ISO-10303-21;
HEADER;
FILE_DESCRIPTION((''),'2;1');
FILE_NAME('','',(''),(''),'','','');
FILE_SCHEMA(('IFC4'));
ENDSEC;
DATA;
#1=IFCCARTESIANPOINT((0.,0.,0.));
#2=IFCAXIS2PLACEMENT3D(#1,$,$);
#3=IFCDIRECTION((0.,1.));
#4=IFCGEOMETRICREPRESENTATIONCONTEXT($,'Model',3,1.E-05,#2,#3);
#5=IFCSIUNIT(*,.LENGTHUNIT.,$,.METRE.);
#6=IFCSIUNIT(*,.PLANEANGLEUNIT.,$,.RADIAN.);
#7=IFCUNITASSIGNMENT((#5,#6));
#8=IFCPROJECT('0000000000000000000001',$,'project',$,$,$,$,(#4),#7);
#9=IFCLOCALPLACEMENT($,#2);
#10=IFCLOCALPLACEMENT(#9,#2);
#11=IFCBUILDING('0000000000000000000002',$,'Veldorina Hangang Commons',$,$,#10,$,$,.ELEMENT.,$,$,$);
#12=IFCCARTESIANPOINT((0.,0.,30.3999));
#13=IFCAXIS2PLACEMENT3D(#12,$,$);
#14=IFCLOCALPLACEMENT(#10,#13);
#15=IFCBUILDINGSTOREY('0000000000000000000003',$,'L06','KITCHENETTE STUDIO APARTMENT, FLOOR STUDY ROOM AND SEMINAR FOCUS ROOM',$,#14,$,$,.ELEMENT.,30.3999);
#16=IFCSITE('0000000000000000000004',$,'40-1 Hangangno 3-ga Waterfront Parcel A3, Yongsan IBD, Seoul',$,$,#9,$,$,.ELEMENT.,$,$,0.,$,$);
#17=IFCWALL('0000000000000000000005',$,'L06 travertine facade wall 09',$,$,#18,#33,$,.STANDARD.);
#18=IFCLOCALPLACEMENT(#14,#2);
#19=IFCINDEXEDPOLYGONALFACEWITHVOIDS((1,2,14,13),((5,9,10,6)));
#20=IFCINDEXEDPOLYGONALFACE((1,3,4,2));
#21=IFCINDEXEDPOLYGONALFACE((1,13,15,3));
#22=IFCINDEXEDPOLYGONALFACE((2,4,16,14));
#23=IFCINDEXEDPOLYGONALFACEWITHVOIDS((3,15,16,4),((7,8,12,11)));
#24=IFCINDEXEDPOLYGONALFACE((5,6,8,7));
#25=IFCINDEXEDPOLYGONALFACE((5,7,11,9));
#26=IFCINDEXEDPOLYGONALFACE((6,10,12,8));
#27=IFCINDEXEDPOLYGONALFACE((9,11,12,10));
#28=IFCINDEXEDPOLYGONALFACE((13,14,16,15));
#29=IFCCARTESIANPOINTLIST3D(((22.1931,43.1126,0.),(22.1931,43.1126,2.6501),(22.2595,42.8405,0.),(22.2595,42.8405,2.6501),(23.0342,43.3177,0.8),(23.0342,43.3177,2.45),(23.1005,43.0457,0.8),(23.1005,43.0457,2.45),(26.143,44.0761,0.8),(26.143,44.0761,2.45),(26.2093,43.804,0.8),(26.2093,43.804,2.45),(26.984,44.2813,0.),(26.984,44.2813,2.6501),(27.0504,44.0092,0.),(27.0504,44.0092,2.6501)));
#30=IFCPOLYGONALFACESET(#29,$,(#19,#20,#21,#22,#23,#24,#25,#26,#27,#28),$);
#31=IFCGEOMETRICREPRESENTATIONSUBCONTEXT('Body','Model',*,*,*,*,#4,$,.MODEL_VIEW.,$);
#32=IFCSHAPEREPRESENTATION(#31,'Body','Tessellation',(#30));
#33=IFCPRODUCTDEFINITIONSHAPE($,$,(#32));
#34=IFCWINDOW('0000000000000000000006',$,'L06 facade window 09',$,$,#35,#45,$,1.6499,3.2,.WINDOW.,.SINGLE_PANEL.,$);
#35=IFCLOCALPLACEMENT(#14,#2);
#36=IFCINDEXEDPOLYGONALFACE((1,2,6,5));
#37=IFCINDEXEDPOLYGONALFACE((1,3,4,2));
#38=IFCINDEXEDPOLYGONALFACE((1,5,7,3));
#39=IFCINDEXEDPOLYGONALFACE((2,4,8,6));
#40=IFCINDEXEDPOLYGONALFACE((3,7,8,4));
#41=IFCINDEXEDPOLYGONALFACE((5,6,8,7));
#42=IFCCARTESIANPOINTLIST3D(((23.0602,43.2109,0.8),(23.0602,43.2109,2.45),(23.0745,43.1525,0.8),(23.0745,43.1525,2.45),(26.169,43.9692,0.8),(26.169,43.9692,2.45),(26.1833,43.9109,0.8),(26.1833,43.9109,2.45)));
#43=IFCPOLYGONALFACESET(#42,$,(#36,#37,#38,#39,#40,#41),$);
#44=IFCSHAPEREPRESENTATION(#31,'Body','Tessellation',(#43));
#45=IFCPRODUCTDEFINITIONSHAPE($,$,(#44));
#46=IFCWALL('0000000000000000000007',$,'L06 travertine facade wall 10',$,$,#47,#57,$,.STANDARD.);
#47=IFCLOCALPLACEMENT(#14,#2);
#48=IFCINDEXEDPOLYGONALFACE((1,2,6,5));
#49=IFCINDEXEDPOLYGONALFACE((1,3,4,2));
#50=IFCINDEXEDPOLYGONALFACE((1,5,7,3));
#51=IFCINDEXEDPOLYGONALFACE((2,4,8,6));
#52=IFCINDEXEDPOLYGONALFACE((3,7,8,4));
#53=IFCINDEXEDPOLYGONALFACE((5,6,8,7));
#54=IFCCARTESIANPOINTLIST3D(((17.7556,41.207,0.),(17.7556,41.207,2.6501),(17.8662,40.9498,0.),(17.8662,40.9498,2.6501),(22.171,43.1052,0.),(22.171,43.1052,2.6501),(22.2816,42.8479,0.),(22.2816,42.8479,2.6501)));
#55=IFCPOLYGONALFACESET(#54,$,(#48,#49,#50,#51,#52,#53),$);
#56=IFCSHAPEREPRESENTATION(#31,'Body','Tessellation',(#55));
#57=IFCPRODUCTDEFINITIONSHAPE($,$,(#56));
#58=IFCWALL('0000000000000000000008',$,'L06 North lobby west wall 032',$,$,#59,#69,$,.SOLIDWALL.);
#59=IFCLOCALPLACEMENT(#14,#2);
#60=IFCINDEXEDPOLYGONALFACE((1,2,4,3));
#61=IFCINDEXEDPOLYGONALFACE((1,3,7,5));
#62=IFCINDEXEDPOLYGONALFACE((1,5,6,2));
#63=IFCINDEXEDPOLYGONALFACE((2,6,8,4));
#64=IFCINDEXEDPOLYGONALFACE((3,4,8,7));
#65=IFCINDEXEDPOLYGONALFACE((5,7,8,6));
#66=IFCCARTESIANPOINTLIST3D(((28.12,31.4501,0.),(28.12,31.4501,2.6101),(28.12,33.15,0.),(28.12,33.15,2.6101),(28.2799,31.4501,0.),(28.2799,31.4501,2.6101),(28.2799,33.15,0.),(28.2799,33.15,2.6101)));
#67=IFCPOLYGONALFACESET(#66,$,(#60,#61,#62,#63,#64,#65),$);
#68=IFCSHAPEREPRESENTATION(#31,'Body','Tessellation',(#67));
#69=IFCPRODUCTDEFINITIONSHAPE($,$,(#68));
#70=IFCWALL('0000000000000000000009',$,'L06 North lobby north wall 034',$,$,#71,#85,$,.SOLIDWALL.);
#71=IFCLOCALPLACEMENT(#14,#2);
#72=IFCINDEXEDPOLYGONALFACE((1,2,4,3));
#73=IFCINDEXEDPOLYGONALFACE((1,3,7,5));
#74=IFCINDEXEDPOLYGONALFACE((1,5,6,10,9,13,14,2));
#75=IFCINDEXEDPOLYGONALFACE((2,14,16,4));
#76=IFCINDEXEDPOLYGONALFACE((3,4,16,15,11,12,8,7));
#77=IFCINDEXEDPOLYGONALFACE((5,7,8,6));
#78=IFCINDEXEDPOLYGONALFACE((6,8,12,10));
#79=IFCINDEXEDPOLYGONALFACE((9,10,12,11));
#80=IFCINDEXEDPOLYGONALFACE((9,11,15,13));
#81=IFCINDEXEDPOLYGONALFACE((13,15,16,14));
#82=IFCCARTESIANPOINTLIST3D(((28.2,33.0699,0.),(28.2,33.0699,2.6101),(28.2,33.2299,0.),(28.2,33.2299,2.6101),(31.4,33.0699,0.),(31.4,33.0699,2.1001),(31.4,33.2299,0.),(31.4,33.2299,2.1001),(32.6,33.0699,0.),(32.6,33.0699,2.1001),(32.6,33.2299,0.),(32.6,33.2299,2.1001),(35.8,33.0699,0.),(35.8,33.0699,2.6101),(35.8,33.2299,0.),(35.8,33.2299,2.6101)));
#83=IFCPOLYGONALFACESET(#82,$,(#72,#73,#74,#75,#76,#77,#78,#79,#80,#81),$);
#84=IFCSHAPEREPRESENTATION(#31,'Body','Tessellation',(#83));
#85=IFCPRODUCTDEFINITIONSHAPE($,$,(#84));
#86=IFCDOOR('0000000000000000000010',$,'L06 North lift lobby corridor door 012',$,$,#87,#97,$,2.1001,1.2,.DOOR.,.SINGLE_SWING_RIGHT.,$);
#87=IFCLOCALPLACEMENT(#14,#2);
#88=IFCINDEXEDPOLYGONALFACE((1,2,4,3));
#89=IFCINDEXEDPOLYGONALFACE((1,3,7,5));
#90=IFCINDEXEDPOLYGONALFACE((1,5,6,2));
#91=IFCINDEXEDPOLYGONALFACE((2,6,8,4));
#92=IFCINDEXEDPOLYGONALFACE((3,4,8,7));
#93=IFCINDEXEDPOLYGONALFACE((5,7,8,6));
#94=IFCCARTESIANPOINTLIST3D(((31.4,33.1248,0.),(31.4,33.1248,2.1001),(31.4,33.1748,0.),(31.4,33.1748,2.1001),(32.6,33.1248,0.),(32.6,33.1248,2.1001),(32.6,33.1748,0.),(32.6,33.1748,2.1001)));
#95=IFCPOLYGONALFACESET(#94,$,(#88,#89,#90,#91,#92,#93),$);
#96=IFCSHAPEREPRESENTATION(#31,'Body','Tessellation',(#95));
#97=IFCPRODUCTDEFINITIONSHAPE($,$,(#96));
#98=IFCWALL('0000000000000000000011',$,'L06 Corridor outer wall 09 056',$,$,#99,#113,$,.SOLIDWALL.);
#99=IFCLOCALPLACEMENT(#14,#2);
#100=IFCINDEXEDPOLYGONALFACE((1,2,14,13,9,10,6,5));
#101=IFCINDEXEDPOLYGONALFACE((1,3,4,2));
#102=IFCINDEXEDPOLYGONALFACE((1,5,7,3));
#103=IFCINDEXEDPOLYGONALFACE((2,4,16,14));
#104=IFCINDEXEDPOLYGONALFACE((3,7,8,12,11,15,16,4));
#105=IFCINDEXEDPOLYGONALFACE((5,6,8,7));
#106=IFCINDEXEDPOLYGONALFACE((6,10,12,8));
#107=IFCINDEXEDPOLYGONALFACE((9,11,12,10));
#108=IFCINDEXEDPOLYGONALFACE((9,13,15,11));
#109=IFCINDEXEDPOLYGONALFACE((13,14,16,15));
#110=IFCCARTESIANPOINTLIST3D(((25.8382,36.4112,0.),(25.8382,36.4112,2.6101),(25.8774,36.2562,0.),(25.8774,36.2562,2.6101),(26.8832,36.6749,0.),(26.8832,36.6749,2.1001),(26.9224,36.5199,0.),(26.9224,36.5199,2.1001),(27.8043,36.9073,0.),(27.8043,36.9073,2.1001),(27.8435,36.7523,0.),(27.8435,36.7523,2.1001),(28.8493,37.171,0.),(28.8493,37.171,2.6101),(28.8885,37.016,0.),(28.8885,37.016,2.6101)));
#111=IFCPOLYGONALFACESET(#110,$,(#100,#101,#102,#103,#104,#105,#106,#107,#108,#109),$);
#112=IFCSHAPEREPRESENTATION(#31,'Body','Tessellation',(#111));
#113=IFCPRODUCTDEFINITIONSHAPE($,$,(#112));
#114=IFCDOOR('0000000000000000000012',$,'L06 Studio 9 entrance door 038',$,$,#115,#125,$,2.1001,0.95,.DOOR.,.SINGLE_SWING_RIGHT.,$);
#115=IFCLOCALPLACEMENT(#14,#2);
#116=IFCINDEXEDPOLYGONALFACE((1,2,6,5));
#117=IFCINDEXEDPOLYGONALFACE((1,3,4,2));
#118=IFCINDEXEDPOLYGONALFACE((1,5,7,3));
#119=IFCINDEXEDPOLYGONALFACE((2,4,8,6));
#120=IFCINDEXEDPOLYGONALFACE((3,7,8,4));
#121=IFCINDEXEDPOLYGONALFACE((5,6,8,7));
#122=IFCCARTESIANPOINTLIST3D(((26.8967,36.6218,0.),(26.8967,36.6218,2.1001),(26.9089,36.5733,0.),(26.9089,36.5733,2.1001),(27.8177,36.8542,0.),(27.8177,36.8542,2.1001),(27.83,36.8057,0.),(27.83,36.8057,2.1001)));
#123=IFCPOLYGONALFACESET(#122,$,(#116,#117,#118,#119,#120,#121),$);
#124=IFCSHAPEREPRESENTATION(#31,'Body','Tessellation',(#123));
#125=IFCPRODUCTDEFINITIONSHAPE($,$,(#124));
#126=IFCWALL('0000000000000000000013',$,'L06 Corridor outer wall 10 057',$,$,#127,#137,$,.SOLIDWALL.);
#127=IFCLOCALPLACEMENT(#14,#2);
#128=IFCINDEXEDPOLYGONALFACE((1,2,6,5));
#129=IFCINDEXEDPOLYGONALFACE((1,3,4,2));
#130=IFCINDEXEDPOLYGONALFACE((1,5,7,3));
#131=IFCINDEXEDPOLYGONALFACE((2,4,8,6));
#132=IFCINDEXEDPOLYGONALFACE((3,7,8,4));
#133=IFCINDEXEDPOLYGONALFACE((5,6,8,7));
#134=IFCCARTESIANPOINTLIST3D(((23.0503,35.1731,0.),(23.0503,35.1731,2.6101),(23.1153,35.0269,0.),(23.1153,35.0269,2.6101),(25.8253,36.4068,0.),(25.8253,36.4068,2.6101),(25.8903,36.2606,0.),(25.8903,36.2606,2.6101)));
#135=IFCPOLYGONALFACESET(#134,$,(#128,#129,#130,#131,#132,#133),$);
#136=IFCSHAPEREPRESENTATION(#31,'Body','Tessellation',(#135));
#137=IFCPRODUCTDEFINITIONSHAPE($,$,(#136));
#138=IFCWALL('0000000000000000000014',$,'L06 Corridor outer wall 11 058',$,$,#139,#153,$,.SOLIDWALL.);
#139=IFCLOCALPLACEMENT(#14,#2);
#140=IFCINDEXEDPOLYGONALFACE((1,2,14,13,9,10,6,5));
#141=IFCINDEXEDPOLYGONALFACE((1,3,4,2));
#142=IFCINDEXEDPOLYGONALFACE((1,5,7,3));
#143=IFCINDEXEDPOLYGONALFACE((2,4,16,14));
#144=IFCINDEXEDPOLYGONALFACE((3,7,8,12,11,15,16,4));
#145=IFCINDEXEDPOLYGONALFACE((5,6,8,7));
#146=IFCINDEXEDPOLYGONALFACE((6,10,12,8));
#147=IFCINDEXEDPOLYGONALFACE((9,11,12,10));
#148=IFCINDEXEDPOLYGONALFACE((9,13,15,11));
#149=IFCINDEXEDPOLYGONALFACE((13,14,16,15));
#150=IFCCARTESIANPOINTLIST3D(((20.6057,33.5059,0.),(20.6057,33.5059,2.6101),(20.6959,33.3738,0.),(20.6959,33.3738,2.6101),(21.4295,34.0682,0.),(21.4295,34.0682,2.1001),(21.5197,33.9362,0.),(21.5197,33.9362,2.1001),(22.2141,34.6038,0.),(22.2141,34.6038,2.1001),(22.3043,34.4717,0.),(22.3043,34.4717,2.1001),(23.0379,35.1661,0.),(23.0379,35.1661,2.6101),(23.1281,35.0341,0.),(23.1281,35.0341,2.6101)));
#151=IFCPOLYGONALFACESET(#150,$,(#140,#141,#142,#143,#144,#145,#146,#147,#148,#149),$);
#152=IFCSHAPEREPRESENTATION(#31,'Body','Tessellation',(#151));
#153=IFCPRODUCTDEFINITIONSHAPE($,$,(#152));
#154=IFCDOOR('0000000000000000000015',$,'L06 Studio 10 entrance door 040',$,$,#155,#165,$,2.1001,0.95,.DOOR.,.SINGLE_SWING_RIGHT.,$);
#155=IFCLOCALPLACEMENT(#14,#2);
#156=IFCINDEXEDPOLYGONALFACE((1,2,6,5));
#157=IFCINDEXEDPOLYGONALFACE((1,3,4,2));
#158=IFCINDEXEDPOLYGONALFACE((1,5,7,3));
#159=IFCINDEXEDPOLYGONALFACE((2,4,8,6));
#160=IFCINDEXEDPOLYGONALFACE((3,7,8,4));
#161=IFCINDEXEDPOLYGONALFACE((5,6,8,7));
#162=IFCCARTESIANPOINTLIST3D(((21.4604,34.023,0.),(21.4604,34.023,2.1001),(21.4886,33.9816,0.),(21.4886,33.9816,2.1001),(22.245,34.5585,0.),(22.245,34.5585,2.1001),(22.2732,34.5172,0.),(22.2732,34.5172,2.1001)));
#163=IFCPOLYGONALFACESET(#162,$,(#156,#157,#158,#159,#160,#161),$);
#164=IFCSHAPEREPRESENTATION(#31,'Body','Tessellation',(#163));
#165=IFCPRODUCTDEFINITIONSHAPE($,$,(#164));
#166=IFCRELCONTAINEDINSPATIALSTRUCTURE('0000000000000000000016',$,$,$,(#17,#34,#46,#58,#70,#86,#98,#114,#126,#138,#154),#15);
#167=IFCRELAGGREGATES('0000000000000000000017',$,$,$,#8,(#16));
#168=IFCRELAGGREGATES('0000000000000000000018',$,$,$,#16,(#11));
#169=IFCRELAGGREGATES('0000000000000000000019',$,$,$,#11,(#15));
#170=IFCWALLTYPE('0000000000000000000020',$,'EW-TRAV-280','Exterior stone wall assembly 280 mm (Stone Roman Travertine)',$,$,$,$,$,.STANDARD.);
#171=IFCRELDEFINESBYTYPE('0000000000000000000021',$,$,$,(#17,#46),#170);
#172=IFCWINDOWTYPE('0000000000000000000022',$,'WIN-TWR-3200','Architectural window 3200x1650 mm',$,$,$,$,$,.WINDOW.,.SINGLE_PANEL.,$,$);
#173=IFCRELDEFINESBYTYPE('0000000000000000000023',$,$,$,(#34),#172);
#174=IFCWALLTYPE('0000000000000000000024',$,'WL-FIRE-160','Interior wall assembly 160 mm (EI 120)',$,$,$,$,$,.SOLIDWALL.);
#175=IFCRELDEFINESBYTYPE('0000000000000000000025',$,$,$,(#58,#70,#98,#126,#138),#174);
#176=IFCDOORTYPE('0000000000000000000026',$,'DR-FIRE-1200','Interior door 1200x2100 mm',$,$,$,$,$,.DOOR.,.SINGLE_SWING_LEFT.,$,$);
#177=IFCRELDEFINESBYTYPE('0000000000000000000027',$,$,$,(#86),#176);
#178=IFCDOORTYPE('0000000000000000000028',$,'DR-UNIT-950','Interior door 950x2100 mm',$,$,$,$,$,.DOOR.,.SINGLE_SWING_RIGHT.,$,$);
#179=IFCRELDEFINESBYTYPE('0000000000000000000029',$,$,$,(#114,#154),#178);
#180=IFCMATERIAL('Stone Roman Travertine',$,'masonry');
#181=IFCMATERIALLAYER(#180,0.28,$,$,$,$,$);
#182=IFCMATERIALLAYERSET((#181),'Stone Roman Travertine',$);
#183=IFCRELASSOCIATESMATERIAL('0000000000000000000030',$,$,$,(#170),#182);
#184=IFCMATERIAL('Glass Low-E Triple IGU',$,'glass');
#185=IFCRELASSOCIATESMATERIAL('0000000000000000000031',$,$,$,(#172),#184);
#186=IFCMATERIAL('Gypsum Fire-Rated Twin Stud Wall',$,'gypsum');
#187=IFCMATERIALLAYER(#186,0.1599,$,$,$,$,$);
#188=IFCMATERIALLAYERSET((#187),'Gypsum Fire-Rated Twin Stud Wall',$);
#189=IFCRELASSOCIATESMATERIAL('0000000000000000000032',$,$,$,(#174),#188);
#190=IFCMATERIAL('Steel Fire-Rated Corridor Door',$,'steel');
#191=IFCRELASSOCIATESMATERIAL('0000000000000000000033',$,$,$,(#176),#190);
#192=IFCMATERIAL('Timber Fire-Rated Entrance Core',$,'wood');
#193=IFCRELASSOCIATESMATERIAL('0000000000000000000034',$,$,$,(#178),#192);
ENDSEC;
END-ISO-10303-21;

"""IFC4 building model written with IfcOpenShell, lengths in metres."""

from ifc_helpers import new_model, si_unit, direction, frame, frame_2d, origin, place, context, subcontext, project, spatial, rectangle, extrude, material, layer, layer_set, type_object, element, fill, save


model = new_model("IFC4")

# Units and contexts
model_context = context("Model", 3, precision=1e-05, world=origin(), true_north=direction((0.0, 1.0)))
body_context = subcontext(model_context, "Body", "Model", "MODEL_VIEW")
ifc_project = project(units=[si_unit("LENGTHUNIT", "METRE"), si_unit("PLANEANGLEUNIT", "RADIAN")], contexts=[model_context])

# Site, building, storey
site_placement = place(None, origin())
site = spatial("IfcSite", under=ifc_project, at=site_placement, Name="40-1 Hangangno 3-ga Waterfront Parcel A3, Yongsan IBD, Seoul", CompositionType="ELEMENT", RefElevation=0.0)
building_placement = place(site_placement, origin())
building = spatial("IfcBuilding", under=site, at=building_placement, Name="Veldorina Hangang Commons", CompositionType="ELEMENT")
storey_placement = place(building_placement, frame((0.0, 0.0, 30.3999)))
storey = spatial("IfcBuildingStorey", under=building, at=storey_placement, Name="L06", Description="KITCHENETTE STUDIO APARTMENT, FLOOR STUDY ROOM AND SEMINAR FOCUS ROOM", CompositionType="ELEMENT", Elevation=30.3999)

# Wall, opening, window
ifc_material_1 = material(Name="Stone Roman Travertine", Category="masonry")
ifc_layer_1 = layer(ifc_material_1, 0.28)
ifc_layer_set_1 = layer_set([ifc_layer_1], Name="Stone Roman Travertine")
wall_type_1 = type_object("IfcWallType", Name="EW-TRAV-280", Description="Exterior stone wall assembly 280 mm (Stone Roman Travertine)", PredefinedType="STANDARD", material=ifc_layer_set_1)
wall_1_placement = place(storey_placement, frame((27.0173, 44.1453, 0.0), z_axis=(0.0, 0.0, 1.0), x_axis=(-0.971513, -0.236987, 0.0)))
wall_1 = element("IfcWall", 1, at=wall_1_placement, inside=storey, type_object=wall_type_1, Name="L06 travertine facade wall 09", PredefinedType="STANDARD", context=body_context, shape_type="SweptSolid", body=[
    extrude(rectangle(XDim=4.9314, YDim=0.28, at=frame_2d((2.4658, 0.0))), origin(), (0.0, 0.0, 1.0), 2.6501),
])
opening_1_placement = place(wall_1_placement, frame((0.8657, 0.0, 0.8)))
opening_1 = element("IfcOpeningElement", 2, at=opening_1_placement, cuts=wall_1, PredefinedType="OPENING", context=body_context, shape_type="SweptSolid", body=[
    extrude(rectangle(XDim=3.2, YDim=1.6499, at=frame_2d((1.6001, 0.825))), frame((0.0, 0.1499, 0.0), z_axis=(0.0, -1.0, 0.0), x_axis=(1.0, 0.0, 0.0)), (0.0, 0.0, 1.0), 0.3),
])
ifc_material_2 = material(Name="Glass Low-E Triple IGU", Category="glass")
window_type = type_object("IfcWindowType", Name="WIN-TWR-3200", Description="Architectural window 3200x1650 mm", PartitioningType="SINGLE_PANEL", PredefinedType="WINDOW", material=ifc_material_2)
window_placement = place(opening_1_placement, origin())
window = element("IfcWindow", 3, at=window_placement, inside=storey, type_object=window_type, Name="L06 facade window 09", OverallHeight=1.6499, OverallWidth=3.2, PartitioningType="SINGLE_PANEL", PredefinedType="WINDOW", context=body_context, shape_type="SweptSolid", body=[
    extrude(rectangle(XDim=3.2, YDim=1.6499, at=frame_2d((1.6001, 0.825))), frame((0.0, 0.03, 0.0), z_axis=(0.0, -1.0, 0.0), x_axis=(1.0, 0.0, 0.0)), (0.0, 0.0, 1.0), 0.0601),
])
fill(opening_1, window)

# Walls
wall_2_placement = place(storey_placement, frame((22.2263, 42.9766, 0.0), z_axis=(0.0, 0.0, 1.0), x_axis=(-0.918706, -0.394943, 0.0)))
element("IfcWall", 4, at=wall_2_placement, inside=storey, type_object=wall_type_1, Name="L06 travertine facade wall 10", PredefinedType="STANDARD", context=body_context, shape_type="SweptSolid", body=[
    extrude(rectangle(XDim=4.8062, YDim=0.28, at=frame_2d((2.4031, 0.0))), origin(), (0.0, 0.0, 1.0), 2.6501),
])
ifc_material_3 = material(Name="Gypsum Fire-Rated Twin Stud Wall", Category="gypsum")
ifc_layer_2 = layer(ifc_material_3, 0.1599)
ifc_layer_set_2 = layer_set([ifc_layer_2], Name="Gypsum Fire-Rated Twin Stud Wall")
wall_type_2 = type_object("IfcWallType", Name="WL-FIRE-160", Description="Interior wall assembly 160 mm (EI 120)", PredefinedType="SOLIDWALL", material=ifc_layer_set_2)
wall_3_placement = place(storey_placement, frame((28.2, 31.45, 0.0), z_axis=(0.0, 0.0, 1.0), x_axis=(0.0, 1.0, 0.0)))
element("IfcWall", 5, at=wall_3_placement, inside=storey, type_object=wall_type_2, Name="L06 North lobby west wall 032", PredefinedType="SOLIDWALL", context=body_context, shape_type="SweptSolid", body=[
    extrude(rectangle(XDim=1.7, YDim=0.1599, at=frame_2d((0.8501, 0.0))), origin(), (0.0, 0.0, 1.0), 2.6101),
])

# Walls, openings, doors
wall_4_placement = place(storey_placement, frame((28.2, 33.1499, 0.0), z_axis=(0.0, 0.0, 1.0), x_axis=(1.0, 0.0, 0.0)))
wall_4 = element("IfcWall", 6, at=wall_4_placement, inside=storey, type_object=wall_type_2, Name="L06 North lobby north wall 034", PredefinedType="SOLIDWALL", context=body_context, shape_type="SweptSolid", body=[
    extrude(rectangle(XDim=7.6001, YDim=0.1599, at=frame_2d((3.8, 0.0))), origin(), (0.0, 0.0, 1.0), 2.6101),
])
opening_2_placement = place(wall_4_placement, frame((3.2, 0.0, 0.0)))
opening_2 = element("IfcOpeningElement", 7, at=opening_2_placement, cuts=wall_4, PredefinedType="OPENING", context=body_context, shape_type="SweptSolid", body=[
    extrude(rectangle(XDim=1.2, YDim=2.1001, at=frame_2d((0.6001, 1.05))), frame((0.0, 0.0898, 0.0), z_axis=(0.0, -1.0, 0.0), x_axis=(1.0, 0.0, 0.0)), (0.0, 0.0, 1.0), 0.1799),
])
ifc_material_4 = material(Name="Steel Fire-Rated Corridor Door", Category="steel")
door_type_1 = type_object("IfcDoorType", Name="DR-FIRE-1200", Description="Interior door 1200x2100 mm", OperationType="SINGLE_SWING_LEFT", PredefinedType="DOOR", material=ifc_material_4)
door_1_placement = place(opening_2_placement, origin())
door_1 = element("IfcDoor", 8, at=door_1_placement, inside=storey, type_object=door_type_1, Name="L06 North lift lobby corridor door 012", OperationType="SINGLE_SWING_RIGHT", OverallHeight=2.1001, OverallWidth=1.2, PredefinedType="DOOR", context=body_context, shape_type="SweptSolid", body=[
    extrude(rectangle(XDim=1.2, YDim=2.1001, at=frame_2d((0.6001, 1.05))), frame((0.0, 0.0249, 0.0), z_axis=(0.0, -1.0, 0.0), x_axis=(1.0, 0.0, 0.0)), (0.0, 0.0, 1.0), 0.05),
])
fill(opening_2, door_1)
wall_5_placement = place(storey_placement, frame((28.8689, 37.0935, 0.0), z_axis=(0.0, 0.0, 1.0), x_axis=(-0.969608, -0.244662, 0.0)))
wall_5 = element("IfcWall", 9, at=wall_5_placement, inside=storey, type_object=wall_type_2, Name="L06 Corridor outer wall 09 056", PredefinedType="SOLIDWALL", context=body_context, shape_type="SweptSolid", body=[
    extrude(rectangle(XDim=3.1055, YDim=0.1599, at=frame_2d((1.5527, 0.0))), origin(), (0.0, 0.0, 1.0), 2.6101),
])
opening_3_placement = place(wall_5_placement, frame((1.0776, 0.0, 0.0)))
opening_3 = element("IfcOpeningElement", 10, at=opening_3_placement, cuts=wall_5, PredefinedType="OPENING", context=body_context, shape_type="SweptSolid", body=[
    extrude(rectangle(XDim=0.95, YDim=2.1001, at=frame_2d((0.4751, 1.05))), frame((0.0, 0.0898, 0.0), z_axis=(0.0, -1.0, 0.0), x_axis=(1.0, 0.0, 0.0)), (0.0, 0.0, 1.0), 0.1799),
])
ifc_material_5 = material(Name="Timber Fire-Rated Entrance Core", Category="wood")
door_type_2 = type_object("IfcDoorType", Name="DR-UNIT-950", Description="Interior door 950x2100 mm", OperationType="SINGLE_SWING_RIGHT", PredefinedType="DOOR", material=ifc_material_5)
door_2_placement = place(opening_3_placement, origin())
door_2 = element("IfcDoor", 11, at=door_2_placement, inside=storey, type_object=door_type_2, Name="L06 Studio 9 entrance door 038", OperationType="SINGLE_SWING_RIGHT", OverallHeight=2.1001, OverallWidth=0.95, PredefinedType="DOOR", context=body_context, shape_type="SweptSolid", body=[
    extrude(rectangle(XDim=0.95, YDim=2.1001, at=frame_2d((0.4751, 1.05))), frame((0.0, 0.0249, 0.0), z_axis=(0.0, -1.0, 0.0), x_axis=(1.0, 0.0, 0.0)), (0.0, 0.0, 1.0), 0.05),
])
fill(opening_3, door_2)

# Wall
wall_6_placement = place(storey_placement, frame((25.8579, 36.3337, 0.0), z_axis=(0.0, 0.0, 1.0), x_axis=(-0.913768, -0.406235, 0.0)))
element("IfcWall", 12, at=wall_6_placement, inside=storey, type_object=wall_type_2, Name="L06 Corridor outer wall 10 057", PredefinedType="SOLIDWALL", context=body_context, shape_type="SweptSolid", body=[
    extrude(rectangle(XDim=3.0369, YDim=0.1599, at=frame_2d((1.5186, 0.0))), origin(), (0.0, 0.0, 1.0), 2.6101),
])

# Wall, opening, door
wall_7_placement = place(storey_placement, frame((23.083, 35.1001, 0.0), z_axis=(0.0, 0.0, 1.0), x_axis=(-0.825929, -0.563774, 0.0)))
wall_7 = element("IfcWall", 13, at=wall_7_placement, inside=storey, type_object=wall_type_2, Name="L06 Corridor outer wall 11 058", PredefinedType="SOLIDWALL", context=body_context, shape_type="SweptSolid", body=[
    extrude(rectangle(XDim=2.9448, YDim=0.1599, at=frame_2d((1.4724, 0.0))), origin(), (0.0, 0.0, 1.0), 2.6101),
])
opening_4_placement = place(wall_7_placement, frame((0.9973, 0.0, 0.0)))
opening_4 = element("IfcOpeningElement", 14, at=opening_4_placement, cuts=wall_7, PredefinedType="OPENING", context=body_context, shape_type="SweptSolid", body=[
    extrude(rectangle(XDim=0.95, YDim=2.1001, at=frame_2d((0.4751, 1.05))), frame((0.0, 0.0898, 0.0), z_axis=(0.0, -1.0, 0.0), x_axis=(1.0, 0.0, 0.0)), (0.0, 0.0, 1.0), 0.1799),
])
door_3_placement = place(opening_4_placement, origin())
door_3 = element("IfcDoor", 15, at=door_3_placement, inside=storey, type_object=door_type_2, Name="L06 Studio 10 entrance door 040", OperationType="SINGLE_SWING_RIGHT", OverallHeight=2.1001, OverallWidth=0.95, PredefinedType="DOOR", context=body_context, shape_type="SweptSolid", body=[
    extrude(rectangle(XDim=0.95, YDim=2.1001, at=frame_2d((0.4751, 1.05))), frame((0.0, 0.0249, 0.0), z_axis=(0.0, -1.0, 0.0), x_axis=(1.0, 0.0, 0.0)), (0.0, 0.0, 1.0), 0.05),
])
fill(opening_4, door_3)

save(model, "model.ifc")
